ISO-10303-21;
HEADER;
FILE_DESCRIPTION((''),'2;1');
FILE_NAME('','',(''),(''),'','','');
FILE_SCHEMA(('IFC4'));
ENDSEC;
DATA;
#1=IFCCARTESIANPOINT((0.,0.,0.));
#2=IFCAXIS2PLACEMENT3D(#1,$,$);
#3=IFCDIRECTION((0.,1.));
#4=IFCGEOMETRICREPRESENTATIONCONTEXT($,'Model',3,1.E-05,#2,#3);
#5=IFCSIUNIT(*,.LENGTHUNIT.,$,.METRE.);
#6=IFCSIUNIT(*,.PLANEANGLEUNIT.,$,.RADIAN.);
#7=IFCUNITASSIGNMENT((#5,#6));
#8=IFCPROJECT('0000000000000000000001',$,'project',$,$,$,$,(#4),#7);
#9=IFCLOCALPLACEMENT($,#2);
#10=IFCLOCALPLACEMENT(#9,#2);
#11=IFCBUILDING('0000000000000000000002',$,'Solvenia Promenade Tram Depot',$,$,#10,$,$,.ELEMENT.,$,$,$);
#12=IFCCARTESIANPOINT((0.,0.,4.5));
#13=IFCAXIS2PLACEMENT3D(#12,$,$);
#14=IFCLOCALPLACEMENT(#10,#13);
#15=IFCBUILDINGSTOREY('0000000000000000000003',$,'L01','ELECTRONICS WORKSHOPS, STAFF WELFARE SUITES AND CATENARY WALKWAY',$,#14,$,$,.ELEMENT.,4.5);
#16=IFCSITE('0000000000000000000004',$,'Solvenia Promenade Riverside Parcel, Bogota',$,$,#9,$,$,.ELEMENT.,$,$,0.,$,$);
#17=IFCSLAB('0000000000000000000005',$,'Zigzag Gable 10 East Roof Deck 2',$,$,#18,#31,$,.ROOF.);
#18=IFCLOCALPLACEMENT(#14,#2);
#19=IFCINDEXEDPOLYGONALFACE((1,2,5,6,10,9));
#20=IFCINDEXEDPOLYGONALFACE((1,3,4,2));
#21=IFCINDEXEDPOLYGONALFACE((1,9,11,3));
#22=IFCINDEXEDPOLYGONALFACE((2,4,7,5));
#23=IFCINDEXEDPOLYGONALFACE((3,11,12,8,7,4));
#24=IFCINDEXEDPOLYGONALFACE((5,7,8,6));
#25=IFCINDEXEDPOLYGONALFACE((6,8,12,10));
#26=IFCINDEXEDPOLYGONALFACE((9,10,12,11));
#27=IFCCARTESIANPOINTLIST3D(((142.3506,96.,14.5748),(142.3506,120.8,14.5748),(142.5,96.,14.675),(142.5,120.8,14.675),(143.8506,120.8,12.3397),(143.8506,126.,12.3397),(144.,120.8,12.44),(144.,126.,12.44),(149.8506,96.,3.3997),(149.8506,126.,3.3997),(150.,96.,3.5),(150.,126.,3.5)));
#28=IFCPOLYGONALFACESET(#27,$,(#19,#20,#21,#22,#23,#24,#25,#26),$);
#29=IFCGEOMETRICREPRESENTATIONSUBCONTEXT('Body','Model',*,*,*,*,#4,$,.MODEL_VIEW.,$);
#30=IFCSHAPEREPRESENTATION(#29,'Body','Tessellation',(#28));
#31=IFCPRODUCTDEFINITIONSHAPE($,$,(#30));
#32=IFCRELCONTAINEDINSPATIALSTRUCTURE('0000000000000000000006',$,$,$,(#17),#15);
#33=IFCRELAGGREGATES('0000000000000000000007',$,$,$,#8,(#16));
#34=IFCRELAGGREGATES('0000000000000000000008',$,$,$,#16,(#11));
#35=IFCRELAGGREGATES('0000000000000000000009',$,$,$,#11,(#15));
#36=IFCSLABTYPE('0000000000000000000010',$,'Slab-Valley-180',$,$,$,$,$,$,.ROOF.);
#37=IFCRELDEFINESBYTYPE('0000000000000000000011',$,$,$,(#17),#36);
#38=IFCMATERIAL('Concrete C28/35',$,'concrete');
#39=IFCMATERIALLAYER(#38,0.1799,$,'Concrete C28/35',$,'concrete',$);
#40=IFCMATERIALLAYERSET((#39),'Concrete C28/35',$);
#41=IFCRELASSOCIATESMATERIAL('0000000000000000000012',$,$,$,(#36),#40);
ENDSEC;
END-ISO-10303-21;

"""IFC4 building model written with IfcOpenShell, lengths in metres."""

from ifc_helpers import new_model, si_unit, direction, frame, origin, place, context, subcontext, project, spatial, polyline, outline, extrude, material, layer, layer_set, type_object, element, save


model = new_model("IFC4")

# Units and contexts
model_context = context("Model", 3, precision=1e-05, world=origin(), true_north=direction((0.0, 1.0)))
body_context = subcontext(model_context, "Body", "Model", "MODEL_VIEW")
ifc_project = project(units=[si_unit("LENGTHUNIT", "METRE"), si_unit("PLANEANGLEUNIT", "RADIAN")], contexts=[model_context])

# Site, building, storey
site_placement = place(None, origin())
site = spatial("IfcSite", under=ifc_project, at=site_placement, Name="Solvenia Promenade Riverside Parcel, Bogota", CompositionType="ELEMENT", RefElevation=0.0)
building_placement = place(site_placement, origin())
building = spatial("IfcBuilding", under=site, at=building_placement, Name="Solvenia Promenade Tram Depot", CompositionType="ELEMENT")
storey_placement = place(building_placement, frame((0.0, 0.0, 4.5)))
storey = spatial("IfcBuildingStorey", under=building, at=storey_placement, Name="L01", Description="ELECTRONICS WORKSHOPS, STAFF WELFARE SUITES AND CATENARY WALKWAY", CompositionType="ELEMENT", Elevation=4.5)

# Slab
ifc_material_1 = material(Name="Concrete C28/35", Category="concrete")
ifc_layer_1 = layer(ifc_material_1, 0.1799, Name="Concrete C28/35", Category="concrete")
ifc_layer_set_1 = layer_set([ifc_layer_1], Name="Concrete C28/35")
slab_type = type_object("IfcSlabType", Name="Slab-Valley-180", PredefinedType="ROOF", material=ifc_layer_set_1)
slab_placement = place(storey_placement, frame((142.5, 96.0, 14.675), z_axis=(0.830332, 0.000001, 0.557268), x_axis=(-0.000001, 1.0, -0.000001)))
element("IfcSlab", 1, at=slab_placement, inside=storey, type_object=slab_type, Name="Zigzag Gable 10 East Roof Deck 2", PredefinedType="ROOF", context=body_context, shape_type="SweptSolid", body=[
    extrude(outline(polyline([(0.0, 0.0), (24.8, 0.0), (24.8, -2.6918), (30.0, -2.6918), (30.0, -13.4585), (0.0, -13.4585), (0.0, 0.0)])), origin(), (0.0, 0.0, -1.0), 0.1799),
])

save(model, "model.ifc")
